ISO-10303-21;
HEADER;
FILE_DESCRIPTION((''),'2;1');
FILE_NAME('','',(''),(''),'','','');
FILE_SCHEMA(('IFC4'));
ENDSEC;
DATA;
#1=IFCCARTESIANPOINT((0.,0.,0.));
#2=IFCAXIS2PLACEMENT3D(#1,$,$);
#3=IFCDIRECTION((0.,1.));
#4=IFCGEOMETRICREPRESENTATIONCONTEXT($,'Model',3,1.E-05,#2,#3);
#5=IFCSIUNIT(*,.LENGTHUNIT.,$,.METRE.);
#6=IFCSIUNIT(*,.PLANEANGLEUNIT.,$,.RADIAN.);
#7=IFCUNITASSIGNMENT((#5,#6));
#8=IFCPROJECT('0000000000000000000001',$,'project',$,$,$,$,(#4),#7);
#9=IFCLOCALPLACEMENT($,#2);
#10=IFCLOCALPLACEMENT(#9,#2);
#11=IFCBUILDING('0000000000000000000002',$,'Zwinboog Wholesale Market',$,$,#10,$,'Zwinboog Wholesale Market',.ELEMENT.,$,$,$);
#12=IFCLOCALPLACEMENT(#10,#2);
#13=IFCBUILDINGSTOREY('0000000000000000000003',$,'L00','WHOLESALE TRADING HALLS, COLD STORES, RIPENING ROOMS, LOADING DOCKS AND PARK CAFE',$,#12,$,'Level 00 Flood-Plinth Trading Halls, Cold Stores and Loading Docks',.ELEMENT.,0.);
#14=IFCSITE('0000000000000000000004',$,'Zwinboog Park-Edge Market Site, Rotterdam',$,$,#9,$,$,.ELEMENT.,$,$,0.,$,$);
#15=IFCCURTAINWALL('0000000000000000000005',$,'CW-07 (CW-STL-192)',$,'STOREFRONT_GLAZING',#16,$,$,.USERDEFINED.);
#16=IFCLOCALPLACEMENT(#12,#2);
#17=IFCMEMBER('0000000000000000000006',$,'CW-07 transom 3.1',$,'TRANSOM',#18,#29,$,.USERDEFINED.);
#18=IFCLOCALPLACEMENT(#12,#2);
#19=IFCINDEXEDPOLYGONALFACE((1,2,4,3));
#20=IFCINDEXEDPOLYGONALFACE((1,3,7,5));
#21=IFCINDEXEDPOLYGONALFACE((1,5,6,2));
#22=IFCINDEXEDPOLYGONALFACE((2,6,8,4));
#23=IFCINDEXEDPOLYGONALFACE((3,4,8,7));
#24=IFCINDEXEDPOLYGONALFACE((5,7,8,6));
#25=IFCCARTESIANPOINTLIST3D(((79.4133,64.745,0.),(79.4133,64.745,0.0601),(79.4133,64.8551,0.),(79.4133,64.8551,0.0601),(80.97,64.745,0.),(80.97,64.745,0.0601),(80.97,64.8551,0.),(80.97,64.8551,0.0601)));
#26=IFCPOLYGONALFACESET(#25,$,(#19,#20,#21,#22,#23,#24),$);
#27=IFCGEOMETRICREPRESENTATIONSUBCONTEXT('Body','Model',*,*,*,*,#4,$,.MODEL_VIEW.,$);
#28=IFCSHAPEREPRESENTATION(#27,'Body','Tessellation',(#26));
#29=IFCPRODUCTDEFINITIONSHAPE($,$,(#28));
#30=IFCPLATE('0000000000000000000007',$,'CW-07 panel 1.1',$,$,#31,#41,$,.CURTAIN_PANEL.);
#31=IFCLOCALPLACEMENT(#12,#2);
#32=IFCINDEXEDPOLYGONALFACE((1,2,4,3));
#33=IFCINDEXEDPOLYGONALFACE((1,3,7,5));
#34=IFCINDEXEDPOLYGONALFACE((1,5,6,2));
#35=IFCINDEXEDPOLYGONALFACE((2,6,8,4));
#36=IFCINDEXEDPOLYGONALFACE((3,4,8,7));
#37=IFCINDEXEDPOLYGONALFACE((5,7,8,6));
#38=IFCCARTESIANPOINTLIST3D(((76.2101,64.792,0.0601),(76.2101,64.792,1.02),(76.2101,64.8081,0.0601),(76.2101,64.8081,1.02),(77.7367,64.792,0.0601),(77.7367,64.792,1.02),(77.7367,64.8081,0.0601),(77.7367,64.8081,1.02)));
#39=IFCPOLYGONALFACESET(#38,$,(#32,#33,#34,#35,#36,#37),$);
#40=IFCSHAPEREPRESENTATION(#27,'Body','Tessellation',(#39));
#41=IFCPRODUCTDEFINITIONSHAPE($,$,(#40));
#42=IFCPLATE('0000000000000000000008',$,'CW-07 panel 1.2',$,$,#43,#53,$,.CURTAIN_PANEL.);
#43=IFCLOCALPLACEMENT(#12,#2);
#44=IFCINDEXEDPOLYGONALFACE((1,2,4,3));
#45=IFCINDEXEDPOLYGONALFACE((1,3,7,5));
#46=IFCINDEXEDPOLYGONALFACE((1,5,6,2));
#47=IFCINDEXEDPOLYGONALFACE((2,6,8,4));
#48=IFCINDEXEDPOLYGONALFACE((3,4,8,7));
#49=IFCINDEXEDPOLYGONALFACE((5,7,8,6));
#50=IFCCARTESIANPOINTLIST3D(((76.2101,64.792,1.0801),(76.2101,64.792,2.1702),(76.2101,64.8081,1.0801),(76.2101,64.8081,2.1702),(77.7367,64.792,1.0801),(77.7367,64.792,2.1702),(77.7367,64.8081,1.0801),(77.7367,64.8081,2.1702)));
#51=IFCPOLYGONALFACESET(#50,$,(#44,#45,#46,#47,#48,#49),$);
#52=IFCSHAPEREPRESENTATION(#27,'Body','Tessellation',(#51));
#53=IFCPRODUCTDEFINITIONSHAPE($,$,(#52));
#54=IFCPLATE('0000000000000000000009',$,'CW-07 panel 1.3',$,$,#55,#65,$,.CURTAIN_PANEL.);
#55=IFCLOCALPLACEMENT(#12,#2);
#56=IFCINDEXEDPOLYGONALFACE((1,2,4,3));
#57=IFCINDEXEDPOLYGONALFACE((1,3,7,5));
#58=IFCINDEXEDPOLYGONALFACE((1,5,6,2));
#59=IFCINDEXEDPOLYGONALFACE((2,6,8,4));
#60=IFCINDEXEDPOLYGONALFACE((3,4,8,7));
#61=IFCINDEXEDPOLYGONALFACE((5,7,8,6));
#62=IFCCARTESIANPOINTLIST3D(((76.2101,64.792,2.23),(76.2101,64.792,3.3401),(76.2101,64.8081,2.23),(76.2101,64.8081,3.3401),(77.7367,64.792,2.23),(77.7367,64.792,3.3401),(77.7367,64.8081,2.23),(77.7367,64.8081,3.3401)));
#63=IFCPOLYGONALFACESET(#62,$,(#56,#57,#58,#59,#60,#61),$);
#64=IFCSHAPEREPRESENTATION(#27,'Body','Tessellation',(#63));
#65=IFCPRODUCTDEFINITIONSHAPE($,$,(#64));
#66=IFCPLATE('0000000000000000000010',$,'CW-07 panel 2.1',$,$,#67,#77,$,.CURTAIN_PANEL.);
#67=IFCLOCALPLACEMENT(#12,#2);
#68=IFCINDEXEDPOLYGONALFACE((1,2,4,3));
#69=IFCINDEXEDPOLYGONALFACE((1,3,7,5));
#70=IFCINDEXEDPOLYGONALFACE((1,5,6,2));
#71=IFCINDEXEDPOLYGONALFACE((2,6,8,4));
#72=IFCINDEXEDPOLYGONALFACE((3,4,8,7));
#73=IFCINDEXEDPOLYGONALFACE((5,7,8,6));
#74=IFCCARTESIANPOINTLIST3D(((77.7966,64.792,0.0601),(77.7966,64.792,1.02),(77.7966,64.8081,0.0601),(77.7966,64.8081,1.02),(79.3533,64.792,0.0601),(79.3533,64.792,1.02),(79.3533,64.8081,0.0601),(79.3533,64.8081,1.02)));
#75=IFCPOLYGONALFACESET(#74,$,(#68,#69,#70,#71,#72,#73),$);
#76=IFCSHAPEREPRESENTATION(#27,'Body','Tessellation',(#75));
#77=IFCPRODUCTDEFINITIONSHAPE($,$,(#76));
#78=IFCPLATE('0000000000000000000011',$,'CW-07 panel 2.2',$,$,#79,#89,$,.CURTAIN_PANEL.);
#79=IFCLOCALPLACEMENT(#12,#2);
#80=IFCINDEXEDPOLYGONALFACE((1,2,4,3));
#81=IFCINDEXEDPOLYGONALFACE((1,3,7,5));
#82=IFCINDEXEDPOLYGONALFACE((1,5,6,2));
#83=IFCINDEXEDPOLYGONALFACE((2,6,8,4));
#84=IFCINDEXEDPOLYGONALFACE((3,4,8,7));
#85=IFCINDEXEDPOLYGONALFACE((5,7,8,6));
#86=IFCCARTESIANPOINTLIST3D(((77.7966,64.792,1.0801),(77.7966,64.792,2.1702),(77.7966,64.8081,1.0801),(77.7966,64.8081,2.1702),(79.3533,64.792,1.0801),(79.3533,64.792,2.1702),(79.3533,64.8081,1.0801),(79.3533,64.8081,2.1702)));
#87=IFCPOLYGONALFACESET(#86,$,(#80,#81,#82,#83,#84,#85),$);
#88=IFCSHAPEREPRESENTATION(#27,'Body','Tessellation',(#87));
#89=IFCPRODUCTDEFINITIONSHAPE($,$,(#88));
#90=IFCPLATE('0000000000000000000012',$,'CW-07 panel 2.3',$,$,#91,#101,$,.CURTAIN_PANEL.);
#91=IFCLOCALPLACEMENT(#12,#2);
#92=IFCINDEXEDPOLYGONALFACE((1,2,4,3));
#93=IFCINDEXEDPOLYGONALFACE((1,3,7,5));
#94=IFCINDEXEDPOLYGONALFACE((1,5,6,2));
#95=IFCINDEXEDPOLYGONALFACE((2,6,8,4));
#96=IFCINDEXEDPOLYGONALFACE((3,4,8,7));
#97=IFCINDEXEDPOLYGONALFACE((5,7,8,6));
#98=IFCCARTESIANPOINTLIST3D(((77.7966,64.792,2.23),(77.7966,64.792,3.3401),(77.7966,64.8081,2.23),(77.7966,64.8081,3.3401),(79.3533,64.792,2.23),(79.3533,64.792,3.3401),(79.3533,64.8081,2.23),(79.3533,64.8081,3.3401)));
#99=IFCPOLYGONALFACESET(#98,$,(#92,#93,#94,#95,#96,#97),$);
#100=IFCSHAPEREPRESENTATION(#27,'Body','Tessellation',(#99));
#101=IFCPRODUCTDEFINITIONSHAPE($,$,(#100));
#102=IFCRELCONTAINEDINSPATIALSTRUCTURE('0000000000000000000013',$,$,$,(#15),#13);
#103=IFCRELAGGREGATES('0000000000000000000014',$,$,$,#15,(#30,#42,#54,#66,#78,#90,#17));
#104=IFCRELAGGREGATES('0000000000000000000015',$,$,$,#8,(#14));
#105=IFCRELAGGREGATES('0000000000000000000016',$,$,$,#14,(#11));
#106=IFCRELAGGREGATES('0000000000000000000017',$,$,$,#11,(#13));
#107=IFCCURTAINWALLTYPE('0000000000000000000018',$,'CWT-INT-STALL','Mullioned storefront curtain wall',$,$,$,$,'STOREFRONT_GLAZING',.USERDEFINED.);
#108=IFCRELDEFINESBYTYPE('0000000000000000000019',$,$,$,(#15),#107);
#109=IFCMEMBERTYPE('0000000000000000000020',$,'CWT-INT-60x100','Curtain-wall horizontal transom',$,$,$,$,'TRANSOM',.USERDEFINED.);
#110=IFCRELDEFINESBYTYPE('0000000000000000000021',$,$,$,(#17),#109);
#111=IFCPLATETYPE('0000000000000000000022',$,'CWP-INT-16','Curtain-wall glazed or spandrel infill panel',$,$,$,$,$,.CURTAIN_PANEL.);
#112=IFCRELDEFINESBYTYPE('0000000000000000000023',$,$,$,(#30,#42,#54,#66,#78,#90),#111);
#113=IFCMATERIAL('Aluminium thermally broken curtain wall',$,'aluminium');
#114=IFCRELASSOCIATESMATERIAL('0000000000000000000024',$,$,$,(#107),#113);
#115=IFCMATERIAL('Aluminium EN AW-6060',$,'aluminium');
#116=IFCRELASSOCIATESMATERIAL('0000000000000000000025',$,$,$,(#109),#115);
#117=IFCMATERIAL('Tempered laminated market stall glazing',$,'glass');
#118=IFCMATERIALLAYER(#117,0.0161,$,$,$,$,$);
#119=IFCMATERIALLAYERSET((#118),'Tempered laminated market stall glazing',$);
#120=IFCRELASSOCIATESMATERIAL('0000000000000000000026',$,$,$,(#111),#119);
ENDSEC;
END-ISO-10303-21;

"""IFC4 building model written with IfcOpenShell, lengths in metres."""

from ifc_helpers import new_model, si_unit, direction, frame, origin, origin_2d, place, context, subcontext, project, spatial, rectangle, extrude, material, layer, layer_set, material_profile, profile_set, type_object, element, aggregate, save


model = new_model("IFC4")

# Units and contexts
model_context = context("Model", 3, precision=1e-05, world=origin(), true_north=direction((0.0, 1.0)))
body_context = subcontext(model_context, "Body", "Model", "MODEL_VIEW")
ifc_project = project(units=[si_unit("LENGTHUNIT", "METRE"), si_unit("PLANEANGLEUNIT", "RADIAN")], contexts=[model_context])

# Site, building, storey
site_placement = place(None, origin())
site = spatial("IfcSite", under=ifc_project, at=site_placement, Name="Zwinboog Park-Edge Market Site, Rotterdam", CompositionType="ELEMENT", RefElevation=0.0)
building_placement = place(site_placement, origin())
building = spatial("IfcBuilding", under=site, at=building_placement, Name="Zwinboog Wholesale Market", LongName="Zwinboog Wholesale Market", CompositionType="ELEMENT")
storey_placement = place(building_placement, origin())
storey = spatial("IfcBuildingStorey", under=building, at=storey_placement, Name="L00", Description="WHOLESALE TRADING HALLS, COLD STORES, RIPENING ROOMS, LOADING DOCKS AND PARK CAFE", LongName="Level 00 Flood-Plinth Trading Halls, Cold Stores and Loading Docks", CompositionType="ELEMENT", Elevation=0.0)

# Curtain wall, member, plates
ifc_material_1 = material(Name="Aluminium thermally broken curtain wall", Category="aluminium")
curtain_wall_type = type_object("IfcCurtainWallType", Name="CWT-INT-STALL", Description="Mullioned storefront curtain wall", ElementType="STOREFRONT_GLAZING", PredefinedType="USERDEFINED", material=ifc_material_1)
curtain_wall_placement = place(storey_placement, origin())
curtain_wall = element("IfcCurtainWall", 1, at=curtain_wall_placement, inside=storey, type_object=curtain_wall_type, Name="CW-07 (CW-STL-192)", ObjectType="STOREFRONT_GLAZING", PredefinedType="USERDEFINED")
ifc_material_2 = material(Name="Aluminium EN AW-6060", Category="aluminium")
ifc_material_profile_1 = material_profile(ifc_material_2, rectangle(XDim=0.1101, YDim=0.0601, at=origin_2d()), Name="AL 60x110")
ifc_profile_set_1 = profile_set([ifc_material_profile_1], Name="Aluminium EN AW-6060")
member_type_1 = type_object("IfcMemberType", Name="CWT-INT-60x100", Description="Curtain-wall horizontal transom", ElementType="TRANSOM", PredefinedType="USERDEFINED", material=ifc_profile_set_1)
member_1_placement = place(storey_placement, frame((79.4133, 64.8, 0.03), z_axis=(1.0, 0.0, 0.0), x_axis=(0.0, 1.0, 0.0)))
member_1 = element("IfcMember", 2, at=member_1_placement, type_object=member_type_1, Name="CW-07 transom 3.1", ObjectType="TRANSOM", PredefinedType="USERDEFINED", context=body_context, shape_type="SweptSolid", body=[
    extrude(rectangle(XDim=0.1101, YDim=0.0601, at=origin_2d()), origin(), (0.0, 0.0, 1.0), 1.5566),
])
ifc_material_3 = material(Name="Tempered laminated market stall glazing", Category="glass")
ifc_layer = layer(ifc_material_3, 0.0161)
ifc_layer_set = layer_set([ifc_layer], Name="Tempered laminated market stall glazing")
plate_type = type_object("IfcPlateType", Name="CWP-INT-16", Description="Curtain-wall glazed or spandrel infill panel", PredefinedType="CURTAIN_PANEL", material=ifc_layer_set)
plate_1_placement = place(storey_placement, frame((76.9734, 64.8, 0.0601), z_axis=(0.0, 0.0, 1.0), x_axis=(1.0, 0.0, 0.0)))
plate_1 = element("IfcPlate", 3, at=plate_1_placement, type_object=plate_type, Name="CW-07 panel 1.1", PredefinedType="CURTAIN_PANEL", context=body_context, shape_type="SweptSolid", body=[
    extrude(rectangle(XDim=1.5266, YDim=0.0161, at=origin_2d()), origin(), (0.0, 0.0, 1.0), 0.96),
])
plate_2_placement = place(storey_placement, frame((76.9734, 64.8, 1.0801), z_axis=(0.0, 0.0, 1.0), x_axis=(1.0, 0.0, 0.0)))
plate_2 = element("IfcPlate", 4, at=plate_2_placement, type_object=plate_type, Name="CW-07 panel 1.2", PredefinedType="CURTAIN_PANEL", context=body_context, shape_type="SweptSolid", body=[
    extrude(rectangle(XDim=1.5266, YDim=0.0161, at=origin_2d()), origin(), (0.0, 0.0, 1.0), 1.0901),
])
plate_3_placement = place(storey_placement, frame((76.9734, 64.8, 2.23), z_axis=(0.0, 0.0, 1.0), x_axis=(1.0, 0.0, 0.0)))
plate_3 = element("IfcPlate", 5, at=plate_3_placement, type_object=plate_type, Name="CW-07 panel 1.3", PredefinedType="CURTAIN_PANEL", context=body_context, shape_type="SweptSolid", body=[
    extrude(rectangle(XDim=1.5266, YDim=0.0161, at=origin_2d()), origin(), (0.0, 0.0, 1.0), 1.1101),
])
plate_4_placement = place(storey_placement, frame((78.575, 64.8, 0.0601), z_axis=(0.0, 0.0, 1.0), x_axis=(1.0, 0.0, 0.0)))
plate_4 = element("IfcPlate", 6, at=plate_4_placement, type_object=plate_type, Name="CW-07 panel 2.1", PredefinedType="CURTAIN_PANEL", context=body_context, shape_type="SweptSolid", body=[
    extrude(rectangle(XDim=1.5566, YDim=0.0161, at=origin_2d()), origin(), (0.0, 0.0, 1.0), 0.96),
])
plate_5_placement = place(storey_placement, frame((78.575, 64.8, 1.0801), z_axis=(0.0, 0.0, 1.0), x_axis=(1.0, 0.0, 0.0)))
plate_5 = element("IfcPlate", 7, at=plate_5_placement, type_object=plate_type, Name="CW-07 panel 2.2", PredefinedType="CURTAIN_PANEL", context=body_context, shape_type="SweptSolid", body=[
    extrude(rectangle(XDim=1.5566, YDim=0.0161, at=origin_2d()), origin(), (0.0, 0.0, 1.0), 1.0901),
])
plate_6_placement = place(storey_placement, frame((78.575, 64.8, 2.23), z_axis=(0.0, 0.0, 1.0), x_axis=(1.0, 0.0, 0.0)))
plate_6 = element("IfcPlate", 8, at=plate_6_placement, type_object=plate_type, Name="CW-07 panel 2.3", PredefinedType="CURTAIN_PANEL", context=body_context, shape_type="SweptSolid", body=[
    extrude(rectangle(XDim=1.5566, YDim=0.0161, at=origin_2d()), origin(), (0.0, 0.0, 1.0), 1.1101),
])
aggregate(curtain_wall, [plate_1, plate_2, plate_3, plate_4, plate_5, plate_6, member_1])

save(model, "model.ifc")
